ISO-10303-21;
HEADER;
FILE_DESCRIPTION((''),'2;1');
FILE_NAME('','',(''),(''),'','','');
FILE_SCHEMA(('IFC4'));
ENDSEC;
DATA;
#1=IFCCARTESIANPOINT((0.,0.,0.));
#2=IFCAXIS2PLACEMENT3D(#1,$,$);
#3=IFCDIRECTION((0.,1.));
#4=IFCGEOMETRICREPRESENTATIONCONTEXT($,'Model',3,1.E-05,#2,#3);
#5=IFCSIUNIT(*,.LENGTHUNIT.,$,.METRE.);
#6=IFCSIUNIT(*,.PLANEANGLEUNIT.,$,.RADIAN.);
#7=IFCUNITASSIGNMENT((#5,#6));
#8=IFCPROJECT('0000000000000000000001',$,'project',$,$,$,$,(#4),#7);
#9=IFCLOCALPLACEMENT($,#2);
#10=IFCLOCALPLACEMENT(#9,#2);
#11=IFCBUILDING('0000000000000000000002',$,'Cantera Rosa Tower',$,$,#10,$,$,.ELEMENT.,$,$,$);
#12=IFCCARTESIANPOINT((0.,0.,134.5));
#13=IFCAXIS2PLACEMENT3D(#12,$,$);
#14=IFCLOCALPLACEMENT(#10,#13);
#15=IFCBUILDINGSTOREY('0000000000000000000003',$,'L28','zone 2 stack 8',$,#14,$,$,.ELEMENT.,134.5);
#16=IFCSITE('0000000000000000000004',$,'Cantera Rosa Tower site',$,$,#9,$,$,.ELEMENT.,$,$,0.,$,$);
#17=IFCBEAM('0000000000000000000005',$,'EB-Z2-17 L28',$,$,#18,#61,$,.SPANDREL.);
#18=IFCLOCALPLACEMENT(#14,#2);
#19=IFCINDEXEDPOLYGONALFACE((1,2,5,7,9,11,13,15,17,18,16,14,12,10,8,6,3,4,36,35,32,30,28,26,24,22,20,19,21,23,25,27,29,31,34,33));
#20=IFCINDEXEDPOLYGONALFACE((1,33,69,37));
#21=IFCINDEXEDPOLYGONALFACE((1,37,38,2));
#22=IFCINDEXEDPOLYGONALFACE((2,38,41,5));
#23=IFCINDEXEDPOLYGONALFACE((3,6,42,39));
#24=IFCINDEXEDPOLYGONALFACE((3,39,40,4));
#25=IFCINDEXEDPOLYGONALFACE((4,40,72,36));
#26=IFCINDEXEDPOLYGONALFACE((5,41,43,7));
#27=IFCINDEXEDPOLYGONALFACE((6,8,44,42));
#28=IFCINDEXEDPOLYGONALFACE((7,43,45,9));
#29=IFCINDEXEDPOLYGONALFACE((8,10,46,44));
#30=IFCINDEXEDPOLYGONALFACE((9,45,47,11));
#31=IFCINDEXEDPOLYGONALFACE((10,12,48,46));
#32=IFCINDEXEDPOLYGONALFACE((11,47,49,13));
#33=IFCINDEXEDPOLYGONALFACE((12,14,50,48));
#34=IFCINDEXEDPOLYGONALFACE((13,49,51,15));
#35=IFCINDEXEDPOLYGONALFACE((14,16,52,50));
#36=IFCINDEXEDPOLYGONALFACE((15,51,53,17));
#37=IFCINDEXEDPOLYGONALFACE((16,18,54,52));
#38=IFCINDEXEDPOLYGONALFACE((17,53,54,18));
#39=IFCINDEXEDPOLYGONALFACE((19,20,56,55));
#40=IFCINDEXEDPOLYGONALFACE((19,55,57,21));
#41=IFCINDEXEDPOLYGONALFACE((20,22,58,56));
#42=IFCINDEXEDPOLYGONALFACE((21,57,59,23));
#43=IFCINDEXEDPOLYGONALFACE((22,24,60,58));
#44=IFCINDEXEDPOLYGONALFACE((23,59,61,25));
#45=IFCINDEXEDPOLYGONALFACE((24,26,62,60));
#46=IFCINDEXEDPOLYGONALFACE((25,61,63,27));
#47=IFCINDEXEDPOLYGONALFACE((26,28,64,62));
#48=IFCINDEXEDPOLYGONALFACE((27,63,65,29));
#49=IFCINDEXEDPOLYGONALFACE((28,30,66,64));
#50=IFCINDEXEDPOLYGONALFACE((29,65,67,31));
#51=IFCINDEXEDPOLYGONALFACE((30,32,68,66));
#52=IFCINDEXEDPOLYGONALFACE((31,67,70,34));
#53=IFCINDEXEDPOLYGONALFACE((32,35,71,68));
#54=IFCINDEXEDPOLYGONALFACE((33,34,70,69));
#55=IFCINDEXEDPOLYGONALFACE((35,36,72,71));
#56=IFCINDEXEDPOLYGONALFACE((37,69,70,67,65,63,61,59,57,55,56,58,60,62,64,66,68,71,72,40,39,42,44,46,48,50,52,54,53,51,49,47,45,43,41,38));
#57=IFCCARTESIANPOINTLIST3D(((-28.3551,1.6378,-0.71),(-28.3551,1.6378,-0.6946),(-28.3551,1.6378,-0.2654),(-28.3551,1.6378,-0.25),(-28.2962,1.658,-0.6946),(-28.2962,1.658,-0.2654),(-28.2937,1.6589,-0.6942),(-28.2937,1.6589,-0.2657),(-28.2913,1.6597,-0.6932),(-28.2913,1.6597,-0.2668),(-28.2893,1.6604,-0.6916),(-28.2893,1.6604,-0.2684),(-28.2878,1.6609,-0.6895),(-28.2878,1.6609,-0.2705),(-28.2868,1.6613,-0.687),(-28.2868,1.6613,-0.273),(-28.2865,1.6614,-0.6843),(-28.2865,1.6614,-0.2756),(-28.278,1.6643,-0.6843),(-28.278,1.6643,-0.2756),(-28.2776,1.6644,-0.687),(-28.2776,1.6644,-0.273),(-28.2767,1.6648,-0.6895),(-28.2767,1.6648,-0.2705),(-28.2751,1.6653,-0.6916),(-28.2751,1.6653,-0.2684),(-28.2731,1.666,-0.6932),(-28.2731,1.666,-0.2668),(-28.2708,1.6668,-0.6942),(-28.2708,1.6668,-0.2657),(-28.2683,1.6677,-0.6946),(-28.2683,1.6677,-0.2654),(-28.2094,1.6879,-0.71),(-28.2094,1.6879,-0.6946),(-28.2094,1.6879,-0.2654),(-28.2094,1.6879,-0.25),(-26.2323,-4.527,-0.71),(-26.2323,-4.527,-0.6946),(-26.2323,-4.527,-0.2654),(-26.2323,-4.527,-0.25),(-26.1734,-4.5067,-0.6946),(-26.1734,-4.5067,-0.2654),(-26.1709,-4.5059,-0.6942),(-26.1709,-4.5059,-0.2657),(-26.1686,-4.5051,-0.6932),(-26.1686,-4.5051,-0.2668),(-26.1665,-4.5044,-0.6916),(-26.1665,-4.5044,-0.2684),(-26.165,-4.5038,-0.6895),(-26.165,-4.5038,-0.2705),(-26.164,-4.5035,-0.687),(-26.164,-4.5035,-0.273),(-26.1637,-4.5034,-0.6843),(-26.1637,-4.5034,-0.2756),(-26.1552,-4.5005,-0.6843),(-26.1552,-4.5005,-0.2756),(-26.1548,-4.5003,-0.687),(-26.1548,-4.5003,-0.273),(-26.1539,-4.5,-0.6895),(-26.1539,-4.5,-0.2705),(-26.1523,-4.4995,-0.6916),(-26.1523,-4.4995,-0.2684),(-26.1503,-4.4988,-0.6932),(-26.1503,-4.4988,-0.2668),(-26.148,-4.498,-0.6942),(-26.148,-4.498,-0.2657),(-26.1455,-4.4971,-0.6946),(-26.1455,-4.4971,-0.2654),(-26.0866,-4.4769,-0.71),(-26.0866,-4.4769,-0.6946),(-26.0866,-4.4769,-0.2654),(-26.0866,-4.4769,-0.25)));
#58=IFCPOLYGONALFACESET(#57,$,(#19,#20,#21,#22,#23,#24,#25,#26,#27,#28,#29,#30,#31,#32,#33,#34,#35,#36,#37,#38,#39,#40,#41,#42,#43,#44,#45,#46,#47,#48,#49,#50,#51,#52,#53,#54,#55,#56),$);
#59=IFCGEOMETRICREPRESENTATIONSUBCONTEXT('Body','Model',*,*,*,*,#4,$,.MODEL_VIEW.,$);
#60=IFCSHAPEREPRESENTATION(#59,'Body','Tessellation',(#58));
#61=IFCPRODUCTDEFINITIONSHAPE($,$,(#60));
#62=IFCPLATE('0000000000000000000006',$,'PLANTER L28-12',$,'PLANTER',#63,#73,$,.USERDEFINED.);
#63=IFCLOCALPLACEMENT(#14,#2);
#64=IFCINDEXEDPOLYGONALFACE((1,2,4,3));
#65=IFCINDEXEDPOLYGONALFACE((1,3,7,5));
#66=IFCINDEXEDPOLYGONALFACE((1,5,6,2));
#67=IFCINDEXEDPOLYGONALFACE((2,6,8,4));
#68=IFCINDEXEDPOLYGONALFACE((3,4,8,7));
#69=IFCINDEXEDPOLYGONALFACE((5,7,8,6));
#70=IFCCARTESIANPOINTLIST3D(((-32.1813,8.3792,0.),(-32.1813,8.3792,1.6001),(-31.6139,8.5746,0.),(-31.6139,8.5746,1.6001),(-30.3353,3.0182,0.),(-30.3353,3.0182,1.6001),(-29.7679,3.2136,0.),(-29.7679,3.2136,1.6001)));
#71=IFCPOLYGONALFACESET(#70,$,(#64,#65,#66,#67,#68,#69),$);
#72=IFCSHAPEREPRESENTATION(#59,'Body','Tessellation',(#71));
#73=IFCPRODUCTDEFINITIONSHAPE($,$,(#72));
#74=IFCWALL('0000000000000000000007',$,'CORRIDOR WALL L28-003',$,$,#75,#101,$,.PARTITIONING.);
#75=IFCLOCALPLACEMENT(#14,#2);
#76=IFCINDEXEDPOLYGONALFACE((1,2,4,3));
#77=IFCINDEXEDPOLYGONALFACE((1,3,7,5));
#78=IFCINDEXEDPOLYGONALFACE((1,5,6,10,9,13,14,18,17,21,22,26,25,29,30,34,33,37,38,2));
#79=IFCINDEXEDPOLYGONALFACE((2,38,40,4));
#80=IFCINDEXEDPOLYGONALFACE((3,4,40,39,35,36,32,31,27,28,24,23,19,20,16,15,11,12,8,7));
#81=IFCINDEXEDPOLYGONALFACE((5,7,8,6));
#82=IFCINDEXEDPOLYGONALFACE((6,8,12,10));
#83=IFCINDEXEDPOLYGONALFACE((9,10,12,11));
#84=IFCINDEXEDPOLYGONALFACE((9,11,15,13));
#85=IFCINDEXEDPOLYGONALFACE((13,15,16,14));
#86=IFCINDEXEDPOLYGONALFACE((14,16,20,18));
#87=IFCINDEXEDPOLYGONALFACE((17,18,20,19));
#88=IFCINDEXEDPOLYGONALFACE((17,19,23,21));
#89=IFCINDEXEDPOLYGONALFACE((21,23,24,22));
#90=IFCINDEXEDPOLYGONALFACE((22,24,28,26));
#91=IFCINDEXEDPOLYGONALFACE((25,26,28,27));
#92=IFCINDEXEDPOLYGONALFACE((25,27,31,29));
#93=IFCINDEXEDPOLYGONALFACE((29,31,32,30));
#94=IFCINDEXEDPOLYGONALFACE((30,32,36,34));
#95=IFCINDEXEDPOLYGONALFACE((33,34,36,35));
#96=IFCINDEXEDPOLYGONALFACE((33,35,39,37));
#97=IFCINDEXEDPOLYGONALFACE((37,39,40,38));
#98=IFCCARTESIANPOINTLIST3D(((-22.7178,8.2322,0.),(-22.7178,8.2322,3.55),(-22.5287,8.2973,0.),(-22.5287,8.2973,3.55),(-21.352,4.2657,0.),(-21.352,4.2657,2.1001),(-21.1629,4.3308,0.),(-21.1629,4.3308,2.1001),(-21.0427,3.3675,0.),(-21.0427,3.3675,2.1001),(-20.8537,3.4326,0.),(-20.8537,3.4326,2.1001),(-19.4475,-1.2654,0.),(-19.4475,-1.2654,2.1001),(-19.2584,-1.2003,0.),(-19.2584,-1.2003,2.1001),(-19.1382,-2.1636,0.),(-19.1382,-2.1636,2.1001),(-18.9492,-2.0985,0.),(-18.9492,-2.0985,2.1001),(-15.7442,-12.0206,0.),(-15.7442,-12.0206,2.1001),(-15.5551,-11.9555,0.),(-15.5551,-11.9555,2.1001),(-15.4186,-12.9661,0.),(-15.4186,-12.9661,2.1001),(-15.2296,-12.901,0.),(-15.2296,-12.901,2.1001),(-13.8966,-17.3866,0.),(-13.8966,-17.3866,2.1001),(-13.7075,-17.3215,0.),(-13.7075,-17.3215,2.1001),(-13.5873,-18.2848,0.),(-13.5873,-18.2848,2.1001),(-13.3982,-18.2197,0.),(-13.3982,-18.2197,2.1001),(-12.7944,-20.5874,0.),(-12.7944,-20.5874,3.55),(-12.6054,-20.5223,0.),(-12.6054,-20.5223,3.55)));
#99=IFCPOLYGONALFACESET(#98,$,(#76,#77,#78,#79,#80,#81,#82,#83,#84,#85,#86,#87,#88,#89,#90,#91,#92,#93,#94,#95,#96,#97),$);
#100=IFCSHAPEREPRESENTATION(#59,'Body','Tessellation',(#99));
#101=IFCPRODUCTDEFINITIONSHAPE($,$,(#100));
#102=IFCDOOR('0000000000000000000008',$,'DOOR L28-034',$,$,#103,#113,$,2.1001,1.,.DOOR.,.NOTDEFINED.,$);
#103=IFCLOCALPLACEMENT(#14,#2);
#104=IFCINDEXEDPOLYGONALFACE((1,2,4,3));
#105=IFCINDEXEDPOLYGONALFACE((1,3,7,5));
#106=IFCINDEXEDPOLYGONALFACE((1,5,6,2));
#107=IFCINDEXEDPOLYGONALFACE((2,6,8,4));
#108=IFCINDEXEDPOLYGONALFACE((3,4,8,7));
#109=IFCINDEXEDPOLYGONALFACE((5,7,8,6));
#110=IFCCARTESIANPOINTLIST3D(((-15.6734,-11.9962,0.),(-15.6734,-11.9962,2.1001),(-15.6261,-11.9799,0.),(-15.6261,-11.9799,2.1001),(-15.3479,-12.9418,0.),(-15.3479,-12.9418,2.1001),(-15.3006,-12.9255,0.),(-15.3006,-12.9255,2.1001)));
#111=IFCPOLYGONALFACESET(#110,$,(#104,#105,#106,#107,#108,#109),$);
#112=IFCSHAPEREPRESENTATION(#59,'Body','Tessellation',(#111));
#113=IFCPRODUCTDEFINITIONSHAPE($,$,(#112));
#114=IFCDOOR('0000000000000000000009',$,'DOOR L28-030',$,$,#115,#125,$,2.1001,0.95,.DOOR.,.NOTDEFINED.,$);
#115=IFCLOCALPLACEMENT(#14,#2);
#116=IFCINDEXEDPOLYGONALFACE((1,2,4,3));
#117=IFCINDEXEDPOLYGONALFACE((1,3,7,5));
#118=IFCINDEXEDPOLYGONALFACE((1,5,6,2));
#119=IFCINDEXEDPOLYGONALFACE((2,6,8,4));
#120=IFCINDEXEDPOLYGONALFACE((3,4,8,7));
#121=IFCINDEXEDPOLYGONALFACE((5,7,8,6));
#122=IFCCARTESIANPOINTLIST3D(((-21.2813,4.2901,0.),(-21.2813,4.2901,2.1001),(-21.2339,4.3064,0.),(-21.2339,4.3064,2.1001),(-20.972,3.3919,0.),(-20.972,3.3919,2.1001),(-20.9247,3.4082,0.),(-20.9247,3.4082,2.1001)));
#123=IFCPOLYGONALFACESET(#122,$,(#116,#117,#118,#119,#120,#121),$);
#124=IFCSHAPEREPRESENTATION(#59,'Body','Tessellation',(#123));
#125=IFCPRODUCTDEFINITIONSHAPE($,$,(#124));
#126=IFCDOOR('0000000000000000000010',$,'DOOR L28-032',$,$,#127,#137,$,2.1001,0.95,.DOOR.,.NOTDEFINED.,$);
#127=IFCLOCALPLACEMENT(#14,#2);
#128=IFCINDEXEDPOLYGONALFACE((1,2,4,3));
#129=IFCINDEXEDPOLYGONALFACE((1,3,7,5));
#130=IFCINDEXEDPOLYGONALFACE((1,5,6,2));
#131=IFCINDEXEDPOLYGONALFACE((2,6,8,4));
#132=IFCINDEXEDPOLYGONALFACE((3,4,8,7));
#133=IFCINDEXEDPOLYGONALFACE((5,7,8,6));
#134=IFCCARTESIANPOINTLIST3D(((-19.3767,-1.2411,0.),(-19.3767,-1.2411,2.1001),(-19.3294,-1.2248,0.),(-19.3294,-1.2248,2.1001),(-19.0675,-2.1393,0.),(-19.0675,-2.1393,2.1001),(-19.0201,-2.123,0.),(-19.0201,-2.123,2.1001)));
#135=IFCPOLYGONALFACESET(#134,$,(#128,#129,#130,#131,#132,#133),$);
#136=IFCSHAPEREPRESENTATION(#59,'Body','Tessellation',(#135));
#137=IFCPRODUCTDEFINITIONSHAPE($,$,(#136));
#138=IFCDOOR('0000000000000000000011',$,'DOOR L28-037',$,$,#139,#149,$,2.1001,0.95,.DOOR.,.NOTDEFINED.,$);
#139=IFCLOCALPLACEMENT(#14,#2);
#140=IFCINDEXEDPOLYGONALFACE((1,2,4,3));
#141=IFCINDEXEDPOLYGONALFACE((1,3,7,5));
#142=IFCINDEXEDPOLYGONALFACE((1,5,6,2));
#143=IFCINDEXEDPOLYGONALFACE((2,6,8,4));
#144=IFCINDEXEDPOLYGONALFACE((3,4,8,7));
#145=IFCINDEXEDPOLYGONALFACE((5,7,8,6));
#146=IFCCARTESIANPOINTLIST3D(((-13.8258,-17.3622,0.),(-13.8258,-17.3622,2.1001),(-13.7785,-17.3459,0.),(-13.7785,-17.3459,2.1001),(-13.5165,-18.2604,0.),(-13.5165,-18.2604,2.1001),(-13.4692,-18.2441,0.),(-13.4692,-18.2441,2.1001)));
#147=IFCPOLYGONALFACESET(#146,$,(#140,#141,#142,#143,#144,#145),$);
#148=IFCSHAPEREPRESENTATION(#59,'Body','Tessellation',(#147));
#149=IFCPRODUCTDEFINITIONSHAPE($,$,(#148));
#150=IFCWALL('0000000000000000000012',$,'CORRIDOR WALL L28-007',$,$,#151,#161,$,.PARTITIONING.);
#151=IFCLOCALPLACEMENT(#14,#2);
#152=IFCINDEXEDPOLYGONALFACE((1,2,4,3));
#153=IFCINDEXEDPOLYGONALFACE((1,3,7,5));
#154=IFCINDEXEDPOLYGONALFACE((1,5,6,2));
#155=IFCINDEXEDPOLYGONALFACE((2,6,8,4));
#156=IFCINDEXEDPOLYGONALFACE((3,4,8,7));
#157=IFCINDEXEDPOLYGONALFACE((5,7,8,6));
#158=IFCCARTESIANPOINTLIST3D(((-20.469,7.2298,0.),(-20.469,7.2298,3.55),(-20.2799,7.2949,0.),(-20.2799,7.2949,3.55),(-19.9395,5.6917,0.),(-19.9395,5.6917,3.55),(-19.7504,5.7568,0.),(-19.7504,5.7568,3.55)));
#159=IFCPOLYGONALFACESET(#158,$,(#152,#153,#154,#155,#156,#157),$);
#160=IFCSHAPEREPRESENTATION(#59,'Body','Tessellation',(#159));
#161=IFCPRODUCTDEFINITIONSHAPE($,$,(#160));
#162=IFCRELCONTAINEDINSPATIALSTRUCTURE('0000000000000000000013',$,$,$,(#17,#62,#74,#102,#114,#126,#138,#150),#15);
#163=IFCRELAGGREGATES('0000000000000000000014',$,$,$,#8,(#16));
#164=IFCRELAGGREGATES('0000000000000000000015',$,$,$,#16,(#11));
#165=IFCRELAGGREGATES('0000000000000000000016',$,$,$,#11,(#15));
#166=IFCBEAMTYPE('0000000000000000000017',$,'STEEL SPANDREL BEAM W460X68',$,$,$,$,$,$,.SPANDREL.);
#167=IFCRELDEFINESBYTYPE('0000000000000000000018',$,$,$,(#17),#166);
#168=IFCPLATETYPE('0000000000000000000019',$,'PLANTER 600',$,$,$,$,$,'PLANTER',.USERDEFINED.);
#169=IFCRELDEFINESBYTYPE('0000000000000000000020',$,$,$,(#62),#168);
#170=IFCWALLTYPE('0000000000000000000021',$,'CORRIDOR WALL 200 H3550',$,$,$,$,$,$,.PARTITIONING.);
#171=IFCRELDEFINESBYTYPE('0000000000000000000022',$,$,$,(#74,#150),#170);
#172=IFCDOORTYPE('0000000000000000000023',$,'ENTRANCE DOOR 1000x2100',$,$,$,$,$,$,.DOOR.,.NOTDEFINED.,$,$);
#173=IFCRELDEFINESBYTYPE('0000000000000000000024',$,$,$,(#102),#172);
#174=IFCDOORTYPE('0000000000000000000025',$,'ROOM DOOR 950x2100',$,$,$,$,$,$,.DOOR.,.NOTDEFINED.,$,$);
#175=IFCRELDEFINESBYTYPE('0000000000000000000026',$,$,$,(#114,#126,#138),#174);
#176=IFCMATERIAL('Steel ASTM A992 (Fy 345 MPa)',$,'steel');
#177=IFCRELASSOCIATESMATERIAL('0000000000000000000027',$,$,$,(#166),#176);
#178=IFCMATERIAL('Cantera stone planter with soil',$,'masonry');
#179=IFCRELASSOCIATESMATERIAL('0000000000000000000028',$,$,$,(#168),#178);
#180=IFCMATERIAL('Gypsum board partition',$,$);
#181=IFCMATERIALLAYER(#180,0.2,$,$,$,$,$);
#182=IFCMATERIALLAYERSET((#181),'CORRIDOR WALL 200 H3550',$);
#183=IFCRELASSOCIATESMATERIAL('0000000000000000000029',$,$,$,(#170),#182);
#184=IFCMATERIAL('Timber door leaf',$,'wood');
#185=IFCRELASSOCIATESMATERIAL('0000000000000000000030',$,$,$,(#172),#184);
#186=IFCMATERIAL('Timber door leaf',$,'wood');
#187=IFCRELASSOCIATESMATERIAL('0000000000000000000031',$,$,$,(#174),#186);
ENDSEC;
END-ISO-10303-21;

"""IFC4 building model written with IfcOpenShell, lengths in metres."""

from ifc_helpers import new_model, si_unit, direction, frame, frame_2d, origin, origin_2d, place, context, subcontext, project, spatial, rectangle, i_section, extrude, material, layer, layer_set, material_profile, profile_set, type_object, element, fill, save


model = new_model("IFC4")

# Units and contexts
model_context = context("Model", 3, precision=1e-05, world=origin(), true_north=direction((0.0, 1.0)))
body_context = subcontext(model_context, "Body", "Model", "MODEL_VIEW")
ifc_project = project(units=[si_unit("LENGTHUNIT", "METRE"), si_unit("PLANEANGLEUNIT", "RADIAN")], contexts=[model_context])

# Site, building, storey
site_placement = place(None, origin())
site = spatial("IfcSite", under=ifc_project, at=site_placement, Name="Cantera Rosa Tower site", CompositionType="ELEMENT", RefElevation=0.0)
building_placement = place(site_placement, origin())
building = spatial("IfcBuilding", under=site, at=building_placement, Name="Cantera Rosa Tower", CompositionType="ELEMENT")
storey_placement = place(building_placement, frame((0.0, 0.0, 134.5)))
storey = spatial("IfcBuildingStorey", under=building, at=storey_placement, Name="L28", Description="zone 2 stack 8", CompositionType="ELEMENT", Elevation=134.5)

# Beam
ifc_material_1 = material(Name="Steel ASTM A992 (Fy 345 MPa)", Category="steel")
ifc_material_profile_1 = material_profile(ifc_material_1, i_section(OverallWidth=0.1541, OverallDepth=0.46, WebThickness=0.009, FlangeThickness=0.0154, FilletRadius=0.0103, at=origin_2d()), Name="W460X68")
ifc_profile_set_1 = profile_set([ifc_material_profile_1], Name="Steel ASTM A992 (Fy 345 MPa)")
beam_type_1 = type_object("IfcBeamType", Name="STEEL SPANDREL BEAM W460X68", PredefinedType="SPANDREL", material=ifc_profile_set_1)
beam_1_placement = place(storey_placement, frame((-28.2822, 1.6628, -0.48), z_axis=(0.325581, -0.945514, 0.0), x_axis=(0.945514, 0.325581, 0.0)))
element("IfcBeam", 1, at=beam_1_placement, inside=storey, type_object=beam_type_1, Name="EB-Z2-17 L28", PredefinedType="SPANDREL", context=body_context, shape_type="SweptSolid", body=[
    extrude(i_section(OverallWidth=0.1541, OverallDepth=0.46, WebThickness=0.009, FlangeThickness=0.0154, FilletRadius=0.0103, at=origin_2d()), origin(), (0.0, 0.0, 1.0), 6.52),
])

# Plate
ifc_material_2 = material(Name="Cantera stone planter with soil", Category="masonry")
plate_type = type_object("IfcPlateType", Name="PLANTER 600", ElementType="PLANTER", PredefinedType="USERDEFINED", material=ifc_material_2)
plate_placement = place(storey_placement, frame((-30.9746, 5.7964, 0.0), z_axis=(0.0, 0.0, 1.0), x_axis=(0.325568, -0.945519, 0.0)))
element("IfcPlate", 2, at=plate_placement, inside=storey, type_object=plate_type, Name="PLANTER L28-12", ObjectType="PLANTER", PredefinedType="USERDEFINED", context=body_context, shape_type="SweptSolid", body=[
    extrude(rectangle(XDim=5.6699, YDim=0.6001, at=origin_2d()), origin(), (0.0, 0.0, 1.0), 1.6001),
])

# Wall, openings, doors
ifc_material_3 = material(Name="Gypsum board partition")
ifc_layer_1 = layer(ifc_material_3, 0.2)
ifc_layer_set_1 = layer_set([ifc_layer_1], Name="CORRIDOR WALL 200 H3550")
wall_type_1 = type_object("IfcWallType", Name="CORRIDOR WALL 200 H3550", PredefinedType="PARTITIONING", material=ifc_layer_set_1)
wall_1_placement = place(storey_placement, frame((-22.6233, 8.2649, 0.0), z_axis=(0.0, 0.0, 1.0), x_axis=(0.325567, -0.945519, 0.0)))
wall_1 = element("IfcWall", 3, at=wall_1_placement, inside=storey, type_object=wall_type_1, Name="CORRIDOR WALL L28-003", PredefinedType="PARTITIONING", context=body_context, shape_type="SweptSolid", body=[
    extrude(rectangle(XDim=30.4802, YDim=0.2, at=frame_2d((15.2402, 0.0))), origin(), (0.0, 0.0, 1.0), 3.55),
])
opening_1_placement = place(wall_1_placement, frame((4.1951, 0.0, 0.0)))
opening_1 = element("IfcOpeningElement", 4, at=opening_1_placement, cuts=wall_1, PredefinedType="OPENING", context=body_context, shape_type="SweptSolid", body=[
    extrude(rectangle(XDim=0.95, YDim=2.1001, at=frame_2d((0.4751, 1.05))), frame((0.0, 0.1099, 0.0), z_axis=(0.0, -1.0, 0.0), x_axis=(1.0, 0.0, 0.0)), (0.0, 0.0, 1.0), 0.22),
])
opening_2_placement = place(wall_1_placement, frame((10.0449, 0.0, 0.0)))
opening_2 = element("IfcOpeningElement", 5, at=opening_2_placement, cuts=wall_1, PredefinedType="OPENING", context=body_context, shape_type="SweptSolid", body=[
    extrude(rectangle(XDim=0.95, YDim=2.1001, at=frame_2d((0.4751, 1.05))), frame((0.0, 0.1099, 0.0), z_axis=(0.0, -1.0, 0.0), x_axis=(1.0, 0.0, 0.0)), (0.0, 0.0, 1.0), 0.22),
])
opening_3_placement = place(wall_1_placement, frame((21.4199, 0.0, 0.0)))
opening_3 = element("IfcOpeningElement", 6, at=opening_3_placement, cuts=wall_1, PredefinedType="OPENING", context=body_context, shape_type="SweptSolid", body=[
    extrude(rectangle(XDim=1.0, YDim=2.1001, at=frame_2d((0.5, 1.05))), frame((0.0, 0.1099, 0.0), z_axis=(0.0, -1.0, 0.0), x_axis=(1.0, 0.0, 0.0)), (0.0, 0.0, 1.0), 0.22),
])
opening_4_placement = place(wall_1_placement, frame((27.095, 0.0, 0.0)))
opening_4 = element("IfcOpeningElement", 7, at=opening_4_placement, cuts=wall_1, PredefinedType="OPENING", context=body_context, shape_type="SweptSolid", body=[
    extrude(rectangle(XDim=0.95, YDim=2.1001, at=frame_2d((0.4751, 1.05))), frame((0.0, 0.1099, 0.0), z_axis=(0.0, -1.0, 0.0), x_axis=(1.0, 0.0, 0.0)), (0.0, 0.0, 1.0), 0.22),
])
ifc_material_4 = material(Name="Timber door leaf", Category="wood")
door_type_1 = type_object("IfcDoorType", Name="ENTRANCE DOOR 1000x2100", OperationType="NOTDEFINED", PredefinedType="DOOR", material=ifc_material_4)
door_1_placement = place(opening_3_placement, origin())
door_1 = element("IfcDoor", 8, at=door_1_placement, inside=storey, type_object=door_type_1, Name="DOOR L28-034", OperationType="NOTDEFINED", OverallHeight=2.1001, OverallWidth=1.0, PredefinedType="DOOR", context=body_context, shape_type="SweptSolid", body=[
    extrude(rectangle(XDim=1.0, YDim=2.1001, at=frame_2d((0.5, 1.05))), frame((0.0, 0.0249, 0.0), z_axis=(0.0, -1.0, 0.0), x_axis=(1.0, 0.0, 0.0)), (0.0, 0.0, 1.0), 0.05),
])
fill(opening_3, door_1)
ifc_material_5 = material(Name="Timber door leaf", Category="wood")
door_type_2 = type_object("IfcDoorType", Name="ROOM DOOR 950x2100", OperationType="NOTDEFINED", PredefinedType="DOOR", material=ifc_material_5)
door_2_placement = place(opening_1_placement, origin())
door_2 = element("IfcDoor", 9, at=door_2_placement, inside=storey, type_object=door_type_2, Name="DOOR L28-030", OperationType="NOTDEFINED", OverallHeight=2.1001, OverallWidth=0.95, PredefinedType="DOOR", context=body_context, shape_type="SweptSolid", body=[
    extrude(rectangle(XDim=0.95, YDim=2.1001, at=frame_2d((0.4751, 1.05))), frame((0.0, 0.0249, 0.0), z_axis=(0.0, -1.0, 0.0), x_axis=(1.0, 0.0, 0.0)), (0.0, 0.0, 1.0), 0.05),
])
fill(opening_1, door_2)
door_3_placement = place(opening_2_placement, origin())
door_3 = element("IfcDoor", 10, at=door_3_placement, inside=storey, type_object=door_type_2, Name="DOOR L28-032", OperationType="NOTDEFINED", OverallHeight=2.1001, OverallWidth=0.95, PredefinedType="DOOR", context=body_context, shape_type="SweptSolid", body=[
    extrude(rectangle(XDim=0.95, YDim=2.1001, at=frame_2d((0.4751, 1.05))), frame((0.0, 0.0249, 0.0), z_axis=(0.0, -1.0, 0.0), x_axis=(1.0, 0.0, 0.0)), (0.0, 0.0, 1.0), 0.05),
])
fill(opening_2, door_3)
door_4_placement = place(opening_4_placement, origin())
door_4 = element("IfcDoor", 11, at=door_4_placement, inside=storey, type_object=door_type_2, Name="DOOR L28-037", OperationType="NOTDEFINED", OverallHeight=2.1001, OverallWidth=0.95, PredefinedType="DOOR", context=body_context, shape_type="SweptSolid", body=[
    extrude(rectangle(XDim=0.95, YDim=2.1001, at=frame_2d((0.4751, 1.05))), frame((0.0, 0.0249, 0.0), z_axis=(0.0, -1.0, 0.0), x_axis=(1.0, 0.0, 0.0)), (0.0, 0.0, 1.0), 0.05),
])
fill(opening_4, door_4)

# Wall
wall_2_placement = place(storey_placement, frame((-20.3745, 7.2625, 0.0), z_axis=(0.0, 0.0, 1.0), x_axis=(0.325533, -0.945531, 0.0)))
element("IfcWall", 12, at=wall_2_placement, inside=storey, type_object=wall_type_1, Name="CORRIDOR WALL L28-007", PredefinedType="PARTITIONING", context=body_context, shape_type="SweptSolid", body=[
    extrude(rectangle(XDim=1.6267, YDim=0.2, at=frame_2d((0.8135, 0.0))), origin(), (0.0, 0.0, 1.0), 3.55),
])

save(model, "model.ifc")
